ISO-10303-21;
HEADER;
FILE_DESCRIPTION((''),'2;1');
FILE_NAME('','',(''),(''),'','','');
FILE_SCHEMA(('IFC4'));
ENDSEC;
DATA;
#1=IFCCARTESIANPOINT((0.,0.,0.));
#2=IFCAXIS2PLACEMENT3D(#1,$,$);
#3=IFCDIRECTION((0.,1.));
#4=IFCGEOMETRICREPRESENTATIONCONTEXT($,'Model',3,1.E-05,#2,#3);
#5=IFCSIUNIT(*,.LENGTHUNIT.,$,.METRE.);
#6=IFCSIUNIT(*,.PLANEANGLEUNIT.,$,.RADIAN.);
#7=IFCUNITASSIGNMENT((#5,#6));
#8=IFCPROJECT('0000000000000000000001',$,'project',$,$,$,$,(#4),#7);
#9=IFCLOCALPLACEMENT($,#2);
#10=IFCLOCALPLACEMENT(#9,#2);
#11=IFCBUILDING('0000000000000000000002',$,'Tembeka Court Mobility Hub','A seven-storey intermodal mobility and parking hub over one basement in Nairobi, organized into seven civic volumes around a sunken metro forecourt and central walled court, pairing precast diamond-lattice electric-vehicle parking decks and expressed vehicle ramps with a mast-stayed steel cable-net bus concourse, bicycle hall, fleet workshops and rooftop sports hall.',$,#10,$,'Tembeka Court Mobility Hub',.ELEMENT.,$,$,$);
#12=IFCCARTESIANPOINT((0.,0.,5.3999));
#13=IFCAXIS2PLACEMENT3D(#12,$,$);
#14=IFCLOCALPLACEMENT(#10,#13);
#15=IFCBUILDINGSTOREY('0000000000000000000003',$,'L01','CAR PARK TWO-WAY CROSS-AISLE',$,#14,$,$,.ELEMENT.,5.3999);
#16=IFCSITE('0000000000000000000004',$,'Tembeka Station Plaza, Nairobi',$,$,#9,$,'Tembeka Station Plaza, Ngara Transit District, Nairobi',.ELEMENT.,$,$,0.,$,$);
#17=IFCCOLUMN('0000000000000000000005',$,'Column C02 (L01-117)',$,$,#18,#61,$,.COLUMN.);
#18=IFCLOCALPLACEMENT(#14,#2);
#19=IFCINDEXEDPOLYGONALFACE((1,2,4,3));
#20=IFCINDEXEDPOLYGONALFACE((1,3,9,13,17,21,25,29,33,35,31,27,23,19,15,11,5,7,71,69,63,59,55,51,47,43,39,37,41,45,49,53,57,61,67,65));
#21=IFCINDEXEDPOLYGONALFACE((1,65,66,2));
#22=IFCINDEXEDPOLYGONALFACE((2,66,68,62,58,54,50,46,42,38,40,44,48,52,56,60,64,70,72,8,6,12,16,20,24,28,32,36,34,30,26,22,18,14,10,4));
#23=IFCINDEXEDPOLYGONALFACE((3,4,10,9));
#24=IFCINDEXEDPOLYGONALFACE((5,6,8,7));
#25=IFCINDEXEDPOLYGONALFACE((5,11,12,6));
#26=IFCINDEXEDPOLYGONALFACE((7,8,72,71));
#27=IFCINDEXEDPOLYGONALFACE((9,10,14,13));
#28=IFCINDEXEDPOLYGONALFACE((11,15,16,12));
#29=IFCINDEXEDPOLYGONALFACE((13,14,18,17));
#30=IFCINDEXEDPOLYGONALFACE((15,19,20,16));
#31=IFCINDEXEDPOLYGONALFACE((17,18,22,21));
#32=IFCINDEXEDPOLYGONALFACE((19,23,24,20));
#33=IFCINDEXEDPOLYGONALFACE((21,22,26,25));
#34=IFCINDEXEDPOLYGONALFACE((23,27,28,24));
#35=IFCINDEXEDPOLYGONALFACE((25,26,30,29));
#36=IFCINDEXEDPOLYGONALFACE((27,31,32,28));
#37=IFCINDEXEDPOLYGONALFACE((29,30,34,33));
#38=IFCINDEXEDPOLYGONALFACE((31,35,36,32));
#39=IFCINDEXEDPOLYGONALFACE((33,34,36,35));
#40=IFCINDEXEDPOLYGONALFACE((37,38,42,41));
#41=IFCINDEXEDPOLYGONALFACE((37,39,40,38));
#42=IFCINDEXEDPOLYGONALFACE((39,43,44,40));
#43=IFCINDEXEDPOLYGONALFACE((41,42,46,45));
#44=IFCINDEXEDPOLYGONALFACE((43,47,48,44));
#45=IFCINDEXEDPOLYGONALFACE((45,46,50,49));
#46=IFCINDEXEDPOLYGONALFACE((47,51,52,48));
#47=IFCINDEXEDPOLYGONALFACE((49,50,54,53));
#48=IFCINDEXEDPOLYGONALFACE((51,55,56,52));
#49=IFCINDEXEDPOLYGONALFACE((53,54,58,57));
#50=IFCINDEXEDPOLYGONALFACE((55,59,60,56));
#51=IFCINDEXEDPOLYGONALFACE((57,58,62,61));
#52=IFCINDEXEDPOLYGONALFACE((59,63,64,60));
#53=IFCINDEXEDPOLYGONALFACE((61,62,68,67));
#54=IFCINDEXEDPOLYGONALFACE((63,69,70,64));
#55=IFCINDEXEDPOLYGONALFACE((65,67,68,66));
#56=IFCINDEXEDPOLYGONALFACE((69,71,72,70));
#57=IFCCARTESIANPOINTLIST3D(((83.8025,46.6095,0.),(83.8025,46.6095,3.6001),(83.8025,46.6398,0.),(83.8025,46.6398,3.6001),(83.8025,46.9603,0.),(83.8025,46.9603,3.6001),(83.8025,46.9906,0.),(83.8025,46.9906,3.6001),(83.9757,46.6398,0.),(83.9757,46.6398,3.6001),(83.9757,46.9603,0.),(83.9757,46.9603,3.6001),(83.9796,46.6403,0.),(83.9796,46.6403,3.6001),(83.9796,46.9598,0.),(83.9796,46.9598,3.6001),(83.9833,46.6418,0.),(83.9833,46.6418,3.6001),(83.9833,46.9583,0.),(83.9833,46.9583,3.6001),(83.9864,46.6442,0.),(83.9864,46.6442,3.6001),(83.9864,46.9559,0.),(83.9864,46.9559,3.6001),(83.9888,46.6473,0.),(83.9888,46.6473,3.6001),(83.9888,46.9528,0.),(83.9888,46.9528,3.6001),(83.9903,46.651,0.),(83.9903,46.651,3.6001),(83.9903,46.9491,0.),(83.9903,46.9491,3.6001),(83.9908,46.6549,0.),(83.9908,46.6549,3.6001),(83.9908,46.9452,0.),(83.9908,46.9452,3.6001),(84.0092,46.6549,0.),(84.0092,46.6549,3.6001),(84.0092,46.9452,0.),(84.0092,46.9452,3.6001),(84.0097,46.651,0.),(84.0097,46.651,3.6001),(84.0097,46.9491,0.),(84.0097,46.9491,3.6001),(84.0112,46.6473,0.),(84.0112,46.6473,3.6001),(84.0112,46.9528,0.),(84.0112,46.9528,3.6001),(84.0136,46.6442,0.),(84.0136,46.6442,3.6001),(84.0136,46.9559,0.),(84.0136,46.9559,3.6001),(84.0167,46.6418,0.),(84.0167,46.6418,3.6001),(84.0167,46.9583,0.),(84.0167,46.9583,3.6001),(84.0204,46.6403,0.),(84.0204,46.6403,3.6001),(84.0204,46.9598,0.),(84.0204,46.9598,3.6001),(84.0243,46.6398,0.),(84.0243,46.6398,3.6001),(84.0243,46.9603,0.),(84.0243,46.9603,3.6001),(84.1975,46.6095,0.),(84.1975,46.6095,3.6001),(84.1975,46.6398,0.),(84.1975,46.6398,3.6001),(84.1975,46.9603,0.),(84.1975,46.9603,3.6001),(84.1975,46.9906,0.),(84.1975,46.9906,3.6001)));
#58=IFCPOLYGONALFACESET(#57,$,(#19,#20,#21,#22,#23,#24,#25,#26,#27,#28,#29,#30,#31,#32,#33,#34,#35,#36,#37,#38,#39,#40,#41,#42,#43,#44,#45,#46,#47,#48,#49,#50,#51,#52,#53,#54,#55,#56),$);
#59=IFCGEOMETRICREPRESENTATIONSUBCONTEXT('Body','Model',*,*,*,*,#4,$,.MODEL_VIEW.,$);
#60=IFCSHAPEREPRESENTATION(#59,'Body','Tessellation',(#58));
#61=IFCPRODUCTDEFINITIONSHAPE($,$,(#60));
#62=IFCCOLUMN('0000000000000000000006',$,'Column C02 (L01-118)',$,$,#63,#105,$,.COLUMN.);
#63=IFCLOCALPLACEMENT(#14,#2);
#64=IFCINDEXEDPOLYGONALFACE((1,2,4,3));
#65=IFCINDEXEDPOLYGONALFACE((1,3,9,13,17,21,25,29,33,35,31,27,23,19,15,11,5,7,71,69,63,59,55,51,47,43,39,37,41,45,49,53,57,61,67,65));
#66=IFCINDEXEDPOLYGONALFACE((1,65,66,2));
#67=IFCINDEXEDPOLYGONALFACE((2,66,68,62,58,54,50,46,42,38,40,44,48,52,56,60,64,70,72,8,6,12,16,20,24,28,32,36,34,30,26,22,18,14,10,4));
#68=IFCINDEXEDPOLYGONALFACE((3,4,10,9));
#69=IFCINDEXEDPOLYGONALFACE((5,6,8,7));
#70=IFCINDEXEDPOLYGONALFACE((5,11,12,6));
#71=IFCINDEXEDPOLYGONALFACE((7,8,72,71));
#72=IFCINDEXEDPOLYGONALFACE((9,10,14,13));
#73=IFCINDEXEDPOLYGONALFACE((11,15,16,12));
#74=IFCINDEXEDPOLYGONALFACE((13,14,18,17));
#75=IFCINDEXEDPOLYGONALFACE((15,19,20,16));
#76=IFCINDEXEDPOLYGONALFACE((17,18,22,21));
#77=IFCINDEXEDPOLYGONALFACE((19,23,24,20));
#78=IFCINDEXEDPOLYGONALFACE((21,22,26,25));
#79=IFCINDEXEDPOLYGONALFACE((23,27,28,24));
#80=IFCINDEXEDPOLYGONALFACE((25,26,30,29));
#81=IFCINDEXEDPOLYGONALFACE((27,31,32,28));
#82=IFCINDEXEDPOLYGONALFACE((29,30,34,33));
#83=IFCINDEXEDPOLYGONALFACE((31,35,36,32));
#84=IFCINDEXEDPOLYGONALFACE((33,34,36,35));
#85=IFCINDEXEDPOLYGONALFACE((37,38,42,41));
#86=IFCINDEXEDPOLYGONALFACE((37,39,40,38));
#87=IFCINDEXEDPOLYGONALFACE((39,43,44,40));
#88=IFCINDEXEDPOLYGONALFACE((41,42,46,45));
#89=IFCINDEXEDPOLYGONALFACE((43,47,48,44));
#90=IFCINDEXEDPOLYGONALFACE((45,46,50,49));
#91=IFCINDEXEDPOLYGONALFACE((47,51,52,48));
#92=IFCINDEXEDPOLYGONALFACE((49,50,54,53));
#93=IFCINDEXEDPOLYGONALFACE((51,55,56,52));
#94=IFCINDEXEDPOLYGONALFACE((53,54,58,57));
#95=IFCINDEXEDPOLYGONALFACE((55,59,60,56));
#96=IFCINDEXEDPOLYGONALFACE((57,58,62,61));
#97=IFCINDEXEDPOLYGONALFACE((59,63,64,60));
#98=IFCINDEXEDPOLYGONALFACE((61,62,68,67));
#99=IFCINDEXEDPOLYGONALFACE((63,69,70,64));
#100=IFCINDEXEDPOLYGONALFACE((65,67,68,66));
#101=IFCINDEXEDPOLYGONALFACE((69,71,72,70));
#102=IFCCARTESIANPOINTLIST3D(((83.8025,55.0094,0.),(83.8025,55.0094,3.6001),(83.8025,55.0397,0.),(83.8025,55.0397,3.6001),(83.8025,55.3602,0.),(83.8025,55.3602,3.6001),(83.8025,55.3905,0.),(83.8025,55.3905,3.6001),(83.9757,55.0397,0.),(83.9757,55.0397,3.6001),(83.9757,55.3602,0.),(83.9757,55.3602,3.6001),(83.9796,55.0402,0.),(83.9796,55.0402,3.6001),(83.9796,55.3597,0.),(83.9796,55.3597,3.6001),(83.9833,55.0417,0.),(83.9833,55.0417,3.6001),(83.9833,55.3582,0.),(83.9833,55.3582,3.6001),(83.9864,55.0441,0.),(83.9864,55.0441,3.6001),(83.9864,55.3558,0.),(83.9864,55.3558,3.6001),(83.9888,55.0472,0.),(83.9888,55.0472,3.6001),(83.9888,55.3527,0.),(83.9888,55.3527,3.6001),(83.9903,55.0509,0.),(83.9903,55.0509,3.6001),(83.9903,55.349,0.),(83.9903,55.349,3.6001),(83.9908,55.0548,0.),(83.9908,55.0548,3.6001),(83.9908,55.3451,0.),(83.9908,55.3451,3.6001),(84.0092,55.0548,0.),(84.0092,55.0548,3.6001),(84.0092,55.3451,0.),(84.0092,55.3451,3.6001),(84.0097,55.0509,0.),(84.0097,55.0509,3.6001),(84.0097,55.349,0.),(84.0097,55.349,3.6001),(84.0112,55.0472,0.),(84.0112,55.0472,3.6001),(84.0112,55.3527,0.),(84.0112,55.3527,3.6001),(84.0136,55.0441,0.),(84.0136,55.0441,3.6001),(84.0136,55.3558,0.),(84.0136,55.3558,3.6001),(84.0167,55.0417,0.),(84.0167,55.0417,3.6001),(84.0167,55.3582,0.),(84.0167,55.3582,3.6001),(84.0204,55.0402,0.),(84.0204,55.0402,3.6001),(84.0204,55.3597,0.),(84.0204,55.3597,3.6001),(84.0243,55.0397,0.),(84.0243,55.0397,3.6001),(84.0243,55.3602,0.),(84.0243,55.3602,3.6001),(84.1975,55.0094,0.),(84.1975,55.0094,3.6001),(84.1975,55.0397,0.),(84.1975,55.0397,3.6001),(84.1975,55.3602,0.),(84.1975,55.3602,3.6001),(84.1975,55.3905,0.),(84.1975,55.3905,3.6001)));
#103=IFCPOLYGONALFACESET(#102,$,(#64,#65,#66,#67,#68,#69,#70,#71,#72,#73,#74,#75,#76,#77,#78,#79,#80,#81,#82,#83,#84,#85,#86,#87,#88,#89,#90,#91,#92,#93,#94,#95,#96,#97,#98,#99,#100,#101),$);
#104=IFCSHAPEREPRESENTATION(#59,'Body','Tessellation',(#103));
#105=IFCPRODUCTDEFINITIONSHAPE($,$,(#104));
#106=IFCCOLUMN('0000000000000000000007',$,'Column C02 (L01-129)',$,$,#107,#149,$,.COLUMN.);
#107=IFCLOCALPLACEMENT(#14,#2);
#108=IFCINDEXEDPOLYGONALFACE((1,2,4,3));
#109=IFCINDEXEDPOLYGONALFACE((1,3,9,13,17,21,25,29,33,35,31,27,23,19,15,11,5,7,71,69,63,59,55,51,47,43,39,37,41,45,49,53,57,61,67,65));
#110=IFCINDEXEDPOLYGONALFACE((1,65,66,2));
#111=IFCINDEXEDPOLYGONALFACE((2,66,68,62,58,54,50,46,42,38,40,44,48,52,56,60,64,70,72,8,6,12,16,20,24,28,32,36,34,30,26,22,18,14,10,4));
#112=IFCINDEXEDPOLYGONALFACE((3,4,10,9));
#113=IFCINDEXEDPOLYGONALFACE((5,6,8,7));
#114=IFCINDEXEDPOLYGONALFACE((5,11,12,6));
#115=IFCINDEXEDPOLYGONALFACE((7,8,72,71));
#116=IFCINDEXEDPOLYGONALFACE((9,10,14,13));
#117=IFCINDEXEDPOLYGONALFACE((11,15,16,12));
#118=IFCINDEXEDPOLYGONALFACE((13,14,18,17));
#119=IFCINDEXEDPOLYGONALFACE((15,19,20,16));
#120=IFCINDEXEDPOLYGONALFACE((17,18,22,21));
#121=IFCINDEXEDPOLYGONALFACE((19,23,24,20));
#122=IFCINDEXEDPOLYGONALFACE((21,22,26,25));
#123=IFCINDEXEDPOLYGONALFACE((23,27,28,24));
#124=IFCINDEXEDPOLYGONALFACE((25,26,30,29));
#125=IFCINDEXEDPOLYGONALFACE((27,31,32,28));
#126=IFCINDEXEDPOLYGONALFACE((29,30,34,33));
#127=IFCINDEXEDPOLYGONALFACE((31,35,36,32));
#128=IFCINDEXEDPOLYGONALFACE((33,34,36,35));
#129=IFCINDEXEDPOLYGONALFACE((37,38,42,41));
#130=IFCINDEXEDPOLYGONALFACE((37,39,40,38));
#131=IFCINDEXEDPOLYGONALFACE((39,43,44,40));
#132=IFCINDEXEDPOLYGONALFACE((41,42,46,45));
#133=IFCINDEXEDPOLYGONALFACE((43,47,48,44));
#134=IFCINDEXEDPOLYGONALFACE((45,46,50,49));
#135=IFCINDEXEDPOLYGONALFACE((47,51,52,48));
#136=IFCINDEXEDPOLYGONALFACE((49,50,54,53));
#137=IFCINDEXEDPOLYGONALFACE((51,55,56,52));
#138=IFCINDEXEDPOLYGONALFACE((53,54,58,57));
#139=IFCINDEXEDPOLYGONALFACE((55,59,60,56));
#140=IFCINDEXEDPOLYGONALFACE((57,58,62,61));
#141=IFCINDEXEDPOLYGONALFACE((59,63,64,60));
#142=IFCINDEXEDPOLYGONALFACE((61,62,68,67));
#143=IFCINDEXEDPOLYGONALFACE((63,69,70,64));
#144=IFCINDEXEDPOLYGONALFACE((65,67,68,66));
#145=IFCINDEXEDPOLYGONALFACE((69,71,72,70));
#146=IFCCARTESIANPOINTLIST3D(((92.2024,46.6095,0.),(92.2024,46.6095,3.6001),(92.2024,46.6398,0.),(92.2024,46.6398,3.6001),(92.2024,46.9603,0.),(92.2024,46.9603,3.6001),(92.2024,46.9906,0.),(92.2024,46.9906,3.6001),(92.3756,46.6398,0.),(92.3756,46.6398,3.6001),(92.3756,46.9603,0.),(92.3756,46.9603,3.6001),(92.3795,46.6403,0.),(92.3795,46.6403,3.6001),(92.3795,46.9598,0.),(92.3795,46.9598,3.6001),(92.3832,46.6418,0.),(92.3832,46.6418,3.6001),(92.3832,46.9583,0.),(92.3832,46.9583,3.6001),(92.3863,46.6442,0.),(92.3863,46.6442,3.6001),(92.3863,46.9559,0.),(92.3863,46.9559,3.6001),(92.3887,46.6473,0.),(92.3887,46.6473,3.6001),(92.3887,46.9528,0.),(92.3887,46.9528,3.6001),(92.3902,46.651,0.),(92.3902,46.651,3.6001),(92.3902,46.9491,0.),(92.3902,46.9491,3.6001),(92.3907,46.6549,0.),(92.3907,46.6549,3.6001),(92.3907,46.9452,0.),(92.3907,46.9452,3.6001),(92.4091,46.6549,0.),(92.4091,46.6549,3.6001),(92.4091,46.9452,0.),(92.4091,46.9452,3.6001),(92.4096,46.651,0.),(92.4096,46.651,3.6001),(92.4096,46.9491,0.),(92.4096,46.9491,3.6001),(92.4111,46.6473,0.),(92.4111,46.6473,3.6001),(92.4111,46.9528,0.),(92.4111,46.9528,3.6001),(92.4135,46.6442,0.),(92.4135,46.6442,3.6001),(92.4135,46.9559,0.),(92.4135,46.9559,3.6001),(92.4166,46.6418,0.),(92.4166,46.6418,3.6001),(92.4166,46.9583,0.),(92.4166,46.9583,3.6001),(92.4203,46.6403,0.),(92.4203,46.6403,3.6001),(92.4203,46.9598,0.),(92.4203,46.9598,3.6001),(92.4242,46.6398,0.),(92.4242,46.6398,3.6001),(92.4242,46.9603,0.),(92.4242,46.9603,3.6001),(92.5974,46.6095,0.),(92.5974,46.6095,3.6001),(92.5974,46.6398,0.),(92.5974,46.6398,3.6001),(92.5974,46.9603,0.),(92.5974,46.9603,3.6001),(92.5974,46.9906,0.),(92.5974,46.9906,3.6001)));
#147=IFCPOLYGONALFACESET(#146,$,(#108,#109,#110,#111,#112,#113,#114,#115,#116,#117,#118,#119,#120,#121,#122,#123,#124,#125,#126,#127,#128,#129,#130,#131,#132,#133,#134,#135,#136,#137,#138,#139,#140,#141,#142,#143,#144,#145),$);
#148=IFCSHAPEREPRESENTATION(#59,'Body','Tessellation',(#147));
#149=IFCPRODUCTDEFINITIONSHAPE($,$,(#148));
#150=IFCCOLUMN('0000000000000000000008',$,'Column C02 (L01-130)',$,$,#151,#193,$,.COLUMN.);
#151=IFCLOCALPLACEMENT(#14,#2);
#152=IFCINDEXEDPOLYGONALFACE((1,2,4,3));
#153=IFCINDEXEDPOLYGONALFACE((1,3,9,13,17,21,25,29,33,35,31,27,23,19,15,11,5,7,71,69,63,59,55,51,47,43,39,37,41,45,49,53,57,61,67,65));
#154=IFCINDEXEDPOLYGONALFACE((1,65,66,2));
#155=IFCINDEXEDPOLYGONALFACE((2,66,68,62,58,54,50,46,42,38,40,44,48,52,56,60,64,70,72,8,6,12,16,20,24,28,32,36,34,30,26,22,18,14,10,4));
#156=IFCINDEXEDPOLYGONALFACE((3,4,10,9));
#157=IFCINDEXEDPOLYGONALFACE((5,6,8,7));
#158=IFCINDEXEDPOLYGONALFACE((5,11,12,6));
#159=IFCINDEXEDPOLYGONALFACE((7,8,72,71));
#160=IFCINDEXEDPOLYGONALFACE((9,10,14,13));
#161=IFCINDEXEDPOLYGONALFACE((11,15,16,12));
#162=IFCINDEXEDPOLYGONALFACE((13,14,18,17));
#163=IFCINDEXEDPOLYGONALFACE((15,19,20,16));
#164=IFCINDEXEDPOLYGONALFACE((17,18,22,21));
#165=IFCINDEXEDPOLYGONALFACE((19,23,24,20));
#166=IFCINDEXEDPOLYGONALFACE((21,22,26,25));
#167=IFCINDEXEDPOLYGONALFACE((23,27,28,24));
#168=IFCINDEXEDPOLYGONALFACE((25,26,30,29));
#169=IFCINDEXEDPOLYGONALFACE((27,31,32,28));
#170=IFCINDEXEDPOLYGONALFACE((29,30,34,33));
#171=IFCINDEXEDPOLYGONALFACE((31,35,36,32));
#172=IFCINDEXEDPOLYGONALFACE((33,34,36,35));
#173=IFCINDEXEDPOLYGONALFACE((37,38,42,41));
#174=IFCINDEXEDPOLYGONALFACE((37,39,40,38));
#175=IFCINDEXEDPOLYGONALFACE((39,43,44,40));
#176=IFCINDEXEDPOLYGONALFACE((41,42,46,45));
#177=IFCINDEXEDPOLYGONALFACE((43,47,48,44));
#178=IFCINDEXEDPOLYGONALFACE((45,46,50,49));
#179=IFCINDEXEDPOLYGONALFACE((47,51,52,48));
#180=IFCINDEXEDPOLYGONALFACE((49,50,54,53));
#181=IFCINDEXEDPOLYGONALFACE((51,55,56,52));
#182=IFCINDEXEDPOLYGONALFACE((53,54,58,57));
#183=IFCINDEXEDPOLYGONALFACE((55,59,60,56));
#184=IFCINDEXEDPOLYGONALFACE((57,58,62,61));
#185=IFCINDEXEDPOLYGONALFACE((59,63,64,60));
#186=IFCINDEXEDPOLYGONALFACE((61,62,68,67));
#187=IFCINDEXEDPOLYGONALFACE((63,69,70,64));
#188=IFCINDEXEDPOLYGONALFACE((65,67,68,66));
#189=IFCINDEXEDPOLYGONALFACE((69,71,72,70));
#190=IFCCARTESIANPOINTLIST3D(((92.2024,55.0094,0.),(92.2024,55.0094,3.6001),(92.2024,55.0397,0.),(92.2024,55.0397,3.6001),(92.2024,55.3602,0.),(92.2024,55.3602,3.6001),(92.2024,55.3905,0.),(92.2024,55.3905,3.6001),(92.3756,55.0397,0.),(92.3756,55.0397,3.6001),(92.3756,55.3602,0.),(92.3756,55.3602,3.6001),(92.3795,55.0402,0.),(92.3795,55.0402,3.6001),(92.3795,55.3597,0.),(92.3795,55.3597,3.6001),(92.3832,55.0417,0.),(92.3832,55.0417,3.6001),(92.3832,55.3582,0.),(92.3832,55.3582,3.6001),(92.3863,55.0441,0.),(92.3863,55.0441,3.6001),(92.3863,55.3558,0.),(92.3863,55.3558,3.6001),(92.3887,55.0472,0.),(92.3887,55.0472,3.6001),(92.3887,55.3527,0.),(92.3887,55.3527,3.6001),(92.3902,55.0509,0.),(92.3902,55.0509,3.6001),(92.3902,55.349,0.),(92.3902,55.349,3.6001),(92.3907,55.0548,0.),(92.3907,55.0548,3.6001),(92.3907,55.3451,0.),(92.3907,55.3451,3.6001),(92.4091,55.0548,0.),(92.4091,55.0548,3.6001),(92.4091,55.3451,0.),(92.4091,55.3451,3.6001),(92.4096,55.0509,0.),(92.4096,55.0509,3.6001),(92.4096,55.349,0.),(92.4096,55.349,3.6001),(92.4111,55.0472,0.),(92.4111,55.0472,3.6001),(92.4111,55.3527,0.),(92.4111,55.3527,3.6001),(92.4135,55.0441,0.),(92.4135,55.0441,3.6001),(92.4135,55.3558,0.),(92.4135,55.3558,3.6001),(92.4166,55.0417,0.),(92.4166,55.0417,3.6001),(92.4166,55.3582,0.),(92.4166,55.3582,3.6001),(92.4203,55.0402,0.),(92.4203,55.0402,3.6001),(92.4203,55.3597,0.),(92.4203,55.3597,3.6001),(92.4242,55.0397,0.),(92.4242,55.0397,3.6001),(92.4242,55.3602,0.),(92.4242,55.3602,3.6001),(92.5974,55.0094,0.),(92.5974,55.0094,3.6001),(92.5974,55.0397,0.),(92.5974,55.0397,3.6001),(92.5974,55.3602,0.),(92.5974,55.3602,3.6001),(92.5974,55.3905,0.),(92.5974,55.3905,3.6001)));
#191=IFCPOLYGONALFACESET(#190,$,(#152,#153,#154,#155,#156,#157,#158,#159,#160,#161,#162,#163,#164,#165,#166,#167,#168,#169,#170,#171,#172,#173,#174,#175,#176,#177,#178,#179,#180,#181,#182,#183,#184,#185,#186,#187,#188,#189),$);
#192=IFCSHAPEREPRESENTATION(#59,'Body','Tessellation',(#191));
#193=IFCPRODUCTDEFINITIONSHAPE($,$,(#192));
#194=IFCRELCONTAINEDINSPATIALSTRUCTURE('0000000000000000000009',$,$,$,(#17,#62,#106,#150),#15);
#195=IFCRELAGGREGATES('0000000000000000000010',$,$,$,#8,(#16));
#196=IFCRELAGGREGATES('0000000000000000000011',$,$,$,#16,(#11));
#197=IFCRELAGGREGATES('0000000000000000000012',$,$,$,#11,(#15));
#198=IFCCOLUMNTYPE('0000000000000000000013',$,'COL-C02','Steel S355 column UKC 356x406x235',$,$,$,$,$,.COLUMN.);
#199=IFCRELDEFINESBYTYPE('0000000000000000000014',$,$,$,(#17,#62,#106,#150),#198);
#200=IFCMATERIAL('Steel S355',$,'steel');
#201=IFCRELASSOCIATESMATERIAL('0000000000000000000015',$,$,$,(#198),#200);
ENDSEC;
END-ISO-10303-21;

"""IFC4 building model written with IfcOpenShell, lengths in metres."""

from ifc_helpers import new_model, si_unit, direction, frame, origin, origin_2d, place, context, subcontext, project, spatial, i_section, extrude, material, material_profile, profile_set, type_object, element, save


model = new_model("IFC4")

# Units and contexts
model_context = context("Model", 3, precision=1e-05, world=origin(), true_north=direction((0.0, 1.0)))
body_context = subcontext(model_context, "Body", "Model", "MODEL_VIEW")
ifc_project = project(units=[si_unit("LENGTHUNIT", "METRE"), si_unit("PLANEANGLEUNIT", "RADIAN")], contexts=[model_context])

# Site, building, storey
site_placement = place(None, origin())
site = spatial("IfcSite", under=ifc_project, at=site_placement, Name="Tembeka Station Plaza, Nairobi", LongName="Tembeka Station Plaza, Ngara Transit District, Nairobi", CompositionType="ELEMENT", RefElevation=0.0)
building_placement = place(site_placement, origin())
building = spatial("IfcBuilding", under=site, at=building_placement, Name="Tembeka Court Mobility Hub", Description="A seven-storey intermodal mobility and parking hub over one basement in Nairobi, organized into seven civic volumes around a sunken metro forecourt and central walled court, pairing precast diamond-lattice electric-vehicle parking decks and expressed vehicle ramps with a mast-stayed steel cable-net bus concourse, bicycle hall, fleet workshops and rooftop sports hall.", LongName="Tembeka Court Mobility Hub", CompositionType="ELEMENT")
storey_placement = place(building_placement, frame((0.0, 0.0, 5.3999)))
storey = spatial("IfcBuildingStorey", under=building, at=storey_placement, Name="L01", Description="CAR PARK TWO-WAY CROSS-AISLE", CompositionType="ELEMENT", Elevation=5.3999)

# Columns
ifc_material_1 = material(Name="Steel S355", Category="steel")
ifc_material_profile_1 = material_profile(ifc_material_1, i_section(OverallWidth=0.395, OverallDepth=0.3811, WebThickness=0.0183, FlangeThickness=0.0303, FilletRadius=0.0151, at=origin_2d()), Name="UKC 356x406x235")
ifc_profile_set_1 = profile_set([ifc_material_profile_1], Name="Steel S355")
column_type = type_object("IfcColumnType", Name="COL-C02", Description="Steel S355 column UKC 356x406x235", PredefinedType="COLUMN", material=ifc_profile_set_1)
for number, where, z_axis, x_axis, name in (
    (1, (84.0, 46.8, 0.0), (0.0, 0.0, 1.0), (1.0, 0.0, 0.0), "Column C02 (L01-117)"),
    (2, (84.0, 55.2, 0.0), (0.0, 0.0, 1.0), (1.0, 0.0, 0.0), "Column C02 (L01-118)"),
    (3, (92.3999, 46.8, 0.0), (0.0, 0.0, 1.0), (1.0, 0.0, 0.0), "Column C02 (L01-129)"),
    (4, (92.3999, 55.2, 0.0), (0.0, 0.0, 1.0), (1.0, 0.0, 0.0), "Column C02 (L01-130)"),
):
    element("IfcColumn", number, at=place(storey_placement, frame(where, z_axis=z_axis, x_axis=x_axis)), inside=storey, type_object=column_type, Name=name, PredefinedType="COLUMN", context=body_context, shape_type="SweptSolid", body=[
        extrude(i_section(OverallWidth=0.395, OverallDepth=0.3811, WebThickness=0.0183, FlangeThickness=0.0303, FilletRadius=0.0151, at=origin_2d()), origin(), (0.0, 0.0, 1.0), 3.6001),
    ])

save(model, "model.ifc")
